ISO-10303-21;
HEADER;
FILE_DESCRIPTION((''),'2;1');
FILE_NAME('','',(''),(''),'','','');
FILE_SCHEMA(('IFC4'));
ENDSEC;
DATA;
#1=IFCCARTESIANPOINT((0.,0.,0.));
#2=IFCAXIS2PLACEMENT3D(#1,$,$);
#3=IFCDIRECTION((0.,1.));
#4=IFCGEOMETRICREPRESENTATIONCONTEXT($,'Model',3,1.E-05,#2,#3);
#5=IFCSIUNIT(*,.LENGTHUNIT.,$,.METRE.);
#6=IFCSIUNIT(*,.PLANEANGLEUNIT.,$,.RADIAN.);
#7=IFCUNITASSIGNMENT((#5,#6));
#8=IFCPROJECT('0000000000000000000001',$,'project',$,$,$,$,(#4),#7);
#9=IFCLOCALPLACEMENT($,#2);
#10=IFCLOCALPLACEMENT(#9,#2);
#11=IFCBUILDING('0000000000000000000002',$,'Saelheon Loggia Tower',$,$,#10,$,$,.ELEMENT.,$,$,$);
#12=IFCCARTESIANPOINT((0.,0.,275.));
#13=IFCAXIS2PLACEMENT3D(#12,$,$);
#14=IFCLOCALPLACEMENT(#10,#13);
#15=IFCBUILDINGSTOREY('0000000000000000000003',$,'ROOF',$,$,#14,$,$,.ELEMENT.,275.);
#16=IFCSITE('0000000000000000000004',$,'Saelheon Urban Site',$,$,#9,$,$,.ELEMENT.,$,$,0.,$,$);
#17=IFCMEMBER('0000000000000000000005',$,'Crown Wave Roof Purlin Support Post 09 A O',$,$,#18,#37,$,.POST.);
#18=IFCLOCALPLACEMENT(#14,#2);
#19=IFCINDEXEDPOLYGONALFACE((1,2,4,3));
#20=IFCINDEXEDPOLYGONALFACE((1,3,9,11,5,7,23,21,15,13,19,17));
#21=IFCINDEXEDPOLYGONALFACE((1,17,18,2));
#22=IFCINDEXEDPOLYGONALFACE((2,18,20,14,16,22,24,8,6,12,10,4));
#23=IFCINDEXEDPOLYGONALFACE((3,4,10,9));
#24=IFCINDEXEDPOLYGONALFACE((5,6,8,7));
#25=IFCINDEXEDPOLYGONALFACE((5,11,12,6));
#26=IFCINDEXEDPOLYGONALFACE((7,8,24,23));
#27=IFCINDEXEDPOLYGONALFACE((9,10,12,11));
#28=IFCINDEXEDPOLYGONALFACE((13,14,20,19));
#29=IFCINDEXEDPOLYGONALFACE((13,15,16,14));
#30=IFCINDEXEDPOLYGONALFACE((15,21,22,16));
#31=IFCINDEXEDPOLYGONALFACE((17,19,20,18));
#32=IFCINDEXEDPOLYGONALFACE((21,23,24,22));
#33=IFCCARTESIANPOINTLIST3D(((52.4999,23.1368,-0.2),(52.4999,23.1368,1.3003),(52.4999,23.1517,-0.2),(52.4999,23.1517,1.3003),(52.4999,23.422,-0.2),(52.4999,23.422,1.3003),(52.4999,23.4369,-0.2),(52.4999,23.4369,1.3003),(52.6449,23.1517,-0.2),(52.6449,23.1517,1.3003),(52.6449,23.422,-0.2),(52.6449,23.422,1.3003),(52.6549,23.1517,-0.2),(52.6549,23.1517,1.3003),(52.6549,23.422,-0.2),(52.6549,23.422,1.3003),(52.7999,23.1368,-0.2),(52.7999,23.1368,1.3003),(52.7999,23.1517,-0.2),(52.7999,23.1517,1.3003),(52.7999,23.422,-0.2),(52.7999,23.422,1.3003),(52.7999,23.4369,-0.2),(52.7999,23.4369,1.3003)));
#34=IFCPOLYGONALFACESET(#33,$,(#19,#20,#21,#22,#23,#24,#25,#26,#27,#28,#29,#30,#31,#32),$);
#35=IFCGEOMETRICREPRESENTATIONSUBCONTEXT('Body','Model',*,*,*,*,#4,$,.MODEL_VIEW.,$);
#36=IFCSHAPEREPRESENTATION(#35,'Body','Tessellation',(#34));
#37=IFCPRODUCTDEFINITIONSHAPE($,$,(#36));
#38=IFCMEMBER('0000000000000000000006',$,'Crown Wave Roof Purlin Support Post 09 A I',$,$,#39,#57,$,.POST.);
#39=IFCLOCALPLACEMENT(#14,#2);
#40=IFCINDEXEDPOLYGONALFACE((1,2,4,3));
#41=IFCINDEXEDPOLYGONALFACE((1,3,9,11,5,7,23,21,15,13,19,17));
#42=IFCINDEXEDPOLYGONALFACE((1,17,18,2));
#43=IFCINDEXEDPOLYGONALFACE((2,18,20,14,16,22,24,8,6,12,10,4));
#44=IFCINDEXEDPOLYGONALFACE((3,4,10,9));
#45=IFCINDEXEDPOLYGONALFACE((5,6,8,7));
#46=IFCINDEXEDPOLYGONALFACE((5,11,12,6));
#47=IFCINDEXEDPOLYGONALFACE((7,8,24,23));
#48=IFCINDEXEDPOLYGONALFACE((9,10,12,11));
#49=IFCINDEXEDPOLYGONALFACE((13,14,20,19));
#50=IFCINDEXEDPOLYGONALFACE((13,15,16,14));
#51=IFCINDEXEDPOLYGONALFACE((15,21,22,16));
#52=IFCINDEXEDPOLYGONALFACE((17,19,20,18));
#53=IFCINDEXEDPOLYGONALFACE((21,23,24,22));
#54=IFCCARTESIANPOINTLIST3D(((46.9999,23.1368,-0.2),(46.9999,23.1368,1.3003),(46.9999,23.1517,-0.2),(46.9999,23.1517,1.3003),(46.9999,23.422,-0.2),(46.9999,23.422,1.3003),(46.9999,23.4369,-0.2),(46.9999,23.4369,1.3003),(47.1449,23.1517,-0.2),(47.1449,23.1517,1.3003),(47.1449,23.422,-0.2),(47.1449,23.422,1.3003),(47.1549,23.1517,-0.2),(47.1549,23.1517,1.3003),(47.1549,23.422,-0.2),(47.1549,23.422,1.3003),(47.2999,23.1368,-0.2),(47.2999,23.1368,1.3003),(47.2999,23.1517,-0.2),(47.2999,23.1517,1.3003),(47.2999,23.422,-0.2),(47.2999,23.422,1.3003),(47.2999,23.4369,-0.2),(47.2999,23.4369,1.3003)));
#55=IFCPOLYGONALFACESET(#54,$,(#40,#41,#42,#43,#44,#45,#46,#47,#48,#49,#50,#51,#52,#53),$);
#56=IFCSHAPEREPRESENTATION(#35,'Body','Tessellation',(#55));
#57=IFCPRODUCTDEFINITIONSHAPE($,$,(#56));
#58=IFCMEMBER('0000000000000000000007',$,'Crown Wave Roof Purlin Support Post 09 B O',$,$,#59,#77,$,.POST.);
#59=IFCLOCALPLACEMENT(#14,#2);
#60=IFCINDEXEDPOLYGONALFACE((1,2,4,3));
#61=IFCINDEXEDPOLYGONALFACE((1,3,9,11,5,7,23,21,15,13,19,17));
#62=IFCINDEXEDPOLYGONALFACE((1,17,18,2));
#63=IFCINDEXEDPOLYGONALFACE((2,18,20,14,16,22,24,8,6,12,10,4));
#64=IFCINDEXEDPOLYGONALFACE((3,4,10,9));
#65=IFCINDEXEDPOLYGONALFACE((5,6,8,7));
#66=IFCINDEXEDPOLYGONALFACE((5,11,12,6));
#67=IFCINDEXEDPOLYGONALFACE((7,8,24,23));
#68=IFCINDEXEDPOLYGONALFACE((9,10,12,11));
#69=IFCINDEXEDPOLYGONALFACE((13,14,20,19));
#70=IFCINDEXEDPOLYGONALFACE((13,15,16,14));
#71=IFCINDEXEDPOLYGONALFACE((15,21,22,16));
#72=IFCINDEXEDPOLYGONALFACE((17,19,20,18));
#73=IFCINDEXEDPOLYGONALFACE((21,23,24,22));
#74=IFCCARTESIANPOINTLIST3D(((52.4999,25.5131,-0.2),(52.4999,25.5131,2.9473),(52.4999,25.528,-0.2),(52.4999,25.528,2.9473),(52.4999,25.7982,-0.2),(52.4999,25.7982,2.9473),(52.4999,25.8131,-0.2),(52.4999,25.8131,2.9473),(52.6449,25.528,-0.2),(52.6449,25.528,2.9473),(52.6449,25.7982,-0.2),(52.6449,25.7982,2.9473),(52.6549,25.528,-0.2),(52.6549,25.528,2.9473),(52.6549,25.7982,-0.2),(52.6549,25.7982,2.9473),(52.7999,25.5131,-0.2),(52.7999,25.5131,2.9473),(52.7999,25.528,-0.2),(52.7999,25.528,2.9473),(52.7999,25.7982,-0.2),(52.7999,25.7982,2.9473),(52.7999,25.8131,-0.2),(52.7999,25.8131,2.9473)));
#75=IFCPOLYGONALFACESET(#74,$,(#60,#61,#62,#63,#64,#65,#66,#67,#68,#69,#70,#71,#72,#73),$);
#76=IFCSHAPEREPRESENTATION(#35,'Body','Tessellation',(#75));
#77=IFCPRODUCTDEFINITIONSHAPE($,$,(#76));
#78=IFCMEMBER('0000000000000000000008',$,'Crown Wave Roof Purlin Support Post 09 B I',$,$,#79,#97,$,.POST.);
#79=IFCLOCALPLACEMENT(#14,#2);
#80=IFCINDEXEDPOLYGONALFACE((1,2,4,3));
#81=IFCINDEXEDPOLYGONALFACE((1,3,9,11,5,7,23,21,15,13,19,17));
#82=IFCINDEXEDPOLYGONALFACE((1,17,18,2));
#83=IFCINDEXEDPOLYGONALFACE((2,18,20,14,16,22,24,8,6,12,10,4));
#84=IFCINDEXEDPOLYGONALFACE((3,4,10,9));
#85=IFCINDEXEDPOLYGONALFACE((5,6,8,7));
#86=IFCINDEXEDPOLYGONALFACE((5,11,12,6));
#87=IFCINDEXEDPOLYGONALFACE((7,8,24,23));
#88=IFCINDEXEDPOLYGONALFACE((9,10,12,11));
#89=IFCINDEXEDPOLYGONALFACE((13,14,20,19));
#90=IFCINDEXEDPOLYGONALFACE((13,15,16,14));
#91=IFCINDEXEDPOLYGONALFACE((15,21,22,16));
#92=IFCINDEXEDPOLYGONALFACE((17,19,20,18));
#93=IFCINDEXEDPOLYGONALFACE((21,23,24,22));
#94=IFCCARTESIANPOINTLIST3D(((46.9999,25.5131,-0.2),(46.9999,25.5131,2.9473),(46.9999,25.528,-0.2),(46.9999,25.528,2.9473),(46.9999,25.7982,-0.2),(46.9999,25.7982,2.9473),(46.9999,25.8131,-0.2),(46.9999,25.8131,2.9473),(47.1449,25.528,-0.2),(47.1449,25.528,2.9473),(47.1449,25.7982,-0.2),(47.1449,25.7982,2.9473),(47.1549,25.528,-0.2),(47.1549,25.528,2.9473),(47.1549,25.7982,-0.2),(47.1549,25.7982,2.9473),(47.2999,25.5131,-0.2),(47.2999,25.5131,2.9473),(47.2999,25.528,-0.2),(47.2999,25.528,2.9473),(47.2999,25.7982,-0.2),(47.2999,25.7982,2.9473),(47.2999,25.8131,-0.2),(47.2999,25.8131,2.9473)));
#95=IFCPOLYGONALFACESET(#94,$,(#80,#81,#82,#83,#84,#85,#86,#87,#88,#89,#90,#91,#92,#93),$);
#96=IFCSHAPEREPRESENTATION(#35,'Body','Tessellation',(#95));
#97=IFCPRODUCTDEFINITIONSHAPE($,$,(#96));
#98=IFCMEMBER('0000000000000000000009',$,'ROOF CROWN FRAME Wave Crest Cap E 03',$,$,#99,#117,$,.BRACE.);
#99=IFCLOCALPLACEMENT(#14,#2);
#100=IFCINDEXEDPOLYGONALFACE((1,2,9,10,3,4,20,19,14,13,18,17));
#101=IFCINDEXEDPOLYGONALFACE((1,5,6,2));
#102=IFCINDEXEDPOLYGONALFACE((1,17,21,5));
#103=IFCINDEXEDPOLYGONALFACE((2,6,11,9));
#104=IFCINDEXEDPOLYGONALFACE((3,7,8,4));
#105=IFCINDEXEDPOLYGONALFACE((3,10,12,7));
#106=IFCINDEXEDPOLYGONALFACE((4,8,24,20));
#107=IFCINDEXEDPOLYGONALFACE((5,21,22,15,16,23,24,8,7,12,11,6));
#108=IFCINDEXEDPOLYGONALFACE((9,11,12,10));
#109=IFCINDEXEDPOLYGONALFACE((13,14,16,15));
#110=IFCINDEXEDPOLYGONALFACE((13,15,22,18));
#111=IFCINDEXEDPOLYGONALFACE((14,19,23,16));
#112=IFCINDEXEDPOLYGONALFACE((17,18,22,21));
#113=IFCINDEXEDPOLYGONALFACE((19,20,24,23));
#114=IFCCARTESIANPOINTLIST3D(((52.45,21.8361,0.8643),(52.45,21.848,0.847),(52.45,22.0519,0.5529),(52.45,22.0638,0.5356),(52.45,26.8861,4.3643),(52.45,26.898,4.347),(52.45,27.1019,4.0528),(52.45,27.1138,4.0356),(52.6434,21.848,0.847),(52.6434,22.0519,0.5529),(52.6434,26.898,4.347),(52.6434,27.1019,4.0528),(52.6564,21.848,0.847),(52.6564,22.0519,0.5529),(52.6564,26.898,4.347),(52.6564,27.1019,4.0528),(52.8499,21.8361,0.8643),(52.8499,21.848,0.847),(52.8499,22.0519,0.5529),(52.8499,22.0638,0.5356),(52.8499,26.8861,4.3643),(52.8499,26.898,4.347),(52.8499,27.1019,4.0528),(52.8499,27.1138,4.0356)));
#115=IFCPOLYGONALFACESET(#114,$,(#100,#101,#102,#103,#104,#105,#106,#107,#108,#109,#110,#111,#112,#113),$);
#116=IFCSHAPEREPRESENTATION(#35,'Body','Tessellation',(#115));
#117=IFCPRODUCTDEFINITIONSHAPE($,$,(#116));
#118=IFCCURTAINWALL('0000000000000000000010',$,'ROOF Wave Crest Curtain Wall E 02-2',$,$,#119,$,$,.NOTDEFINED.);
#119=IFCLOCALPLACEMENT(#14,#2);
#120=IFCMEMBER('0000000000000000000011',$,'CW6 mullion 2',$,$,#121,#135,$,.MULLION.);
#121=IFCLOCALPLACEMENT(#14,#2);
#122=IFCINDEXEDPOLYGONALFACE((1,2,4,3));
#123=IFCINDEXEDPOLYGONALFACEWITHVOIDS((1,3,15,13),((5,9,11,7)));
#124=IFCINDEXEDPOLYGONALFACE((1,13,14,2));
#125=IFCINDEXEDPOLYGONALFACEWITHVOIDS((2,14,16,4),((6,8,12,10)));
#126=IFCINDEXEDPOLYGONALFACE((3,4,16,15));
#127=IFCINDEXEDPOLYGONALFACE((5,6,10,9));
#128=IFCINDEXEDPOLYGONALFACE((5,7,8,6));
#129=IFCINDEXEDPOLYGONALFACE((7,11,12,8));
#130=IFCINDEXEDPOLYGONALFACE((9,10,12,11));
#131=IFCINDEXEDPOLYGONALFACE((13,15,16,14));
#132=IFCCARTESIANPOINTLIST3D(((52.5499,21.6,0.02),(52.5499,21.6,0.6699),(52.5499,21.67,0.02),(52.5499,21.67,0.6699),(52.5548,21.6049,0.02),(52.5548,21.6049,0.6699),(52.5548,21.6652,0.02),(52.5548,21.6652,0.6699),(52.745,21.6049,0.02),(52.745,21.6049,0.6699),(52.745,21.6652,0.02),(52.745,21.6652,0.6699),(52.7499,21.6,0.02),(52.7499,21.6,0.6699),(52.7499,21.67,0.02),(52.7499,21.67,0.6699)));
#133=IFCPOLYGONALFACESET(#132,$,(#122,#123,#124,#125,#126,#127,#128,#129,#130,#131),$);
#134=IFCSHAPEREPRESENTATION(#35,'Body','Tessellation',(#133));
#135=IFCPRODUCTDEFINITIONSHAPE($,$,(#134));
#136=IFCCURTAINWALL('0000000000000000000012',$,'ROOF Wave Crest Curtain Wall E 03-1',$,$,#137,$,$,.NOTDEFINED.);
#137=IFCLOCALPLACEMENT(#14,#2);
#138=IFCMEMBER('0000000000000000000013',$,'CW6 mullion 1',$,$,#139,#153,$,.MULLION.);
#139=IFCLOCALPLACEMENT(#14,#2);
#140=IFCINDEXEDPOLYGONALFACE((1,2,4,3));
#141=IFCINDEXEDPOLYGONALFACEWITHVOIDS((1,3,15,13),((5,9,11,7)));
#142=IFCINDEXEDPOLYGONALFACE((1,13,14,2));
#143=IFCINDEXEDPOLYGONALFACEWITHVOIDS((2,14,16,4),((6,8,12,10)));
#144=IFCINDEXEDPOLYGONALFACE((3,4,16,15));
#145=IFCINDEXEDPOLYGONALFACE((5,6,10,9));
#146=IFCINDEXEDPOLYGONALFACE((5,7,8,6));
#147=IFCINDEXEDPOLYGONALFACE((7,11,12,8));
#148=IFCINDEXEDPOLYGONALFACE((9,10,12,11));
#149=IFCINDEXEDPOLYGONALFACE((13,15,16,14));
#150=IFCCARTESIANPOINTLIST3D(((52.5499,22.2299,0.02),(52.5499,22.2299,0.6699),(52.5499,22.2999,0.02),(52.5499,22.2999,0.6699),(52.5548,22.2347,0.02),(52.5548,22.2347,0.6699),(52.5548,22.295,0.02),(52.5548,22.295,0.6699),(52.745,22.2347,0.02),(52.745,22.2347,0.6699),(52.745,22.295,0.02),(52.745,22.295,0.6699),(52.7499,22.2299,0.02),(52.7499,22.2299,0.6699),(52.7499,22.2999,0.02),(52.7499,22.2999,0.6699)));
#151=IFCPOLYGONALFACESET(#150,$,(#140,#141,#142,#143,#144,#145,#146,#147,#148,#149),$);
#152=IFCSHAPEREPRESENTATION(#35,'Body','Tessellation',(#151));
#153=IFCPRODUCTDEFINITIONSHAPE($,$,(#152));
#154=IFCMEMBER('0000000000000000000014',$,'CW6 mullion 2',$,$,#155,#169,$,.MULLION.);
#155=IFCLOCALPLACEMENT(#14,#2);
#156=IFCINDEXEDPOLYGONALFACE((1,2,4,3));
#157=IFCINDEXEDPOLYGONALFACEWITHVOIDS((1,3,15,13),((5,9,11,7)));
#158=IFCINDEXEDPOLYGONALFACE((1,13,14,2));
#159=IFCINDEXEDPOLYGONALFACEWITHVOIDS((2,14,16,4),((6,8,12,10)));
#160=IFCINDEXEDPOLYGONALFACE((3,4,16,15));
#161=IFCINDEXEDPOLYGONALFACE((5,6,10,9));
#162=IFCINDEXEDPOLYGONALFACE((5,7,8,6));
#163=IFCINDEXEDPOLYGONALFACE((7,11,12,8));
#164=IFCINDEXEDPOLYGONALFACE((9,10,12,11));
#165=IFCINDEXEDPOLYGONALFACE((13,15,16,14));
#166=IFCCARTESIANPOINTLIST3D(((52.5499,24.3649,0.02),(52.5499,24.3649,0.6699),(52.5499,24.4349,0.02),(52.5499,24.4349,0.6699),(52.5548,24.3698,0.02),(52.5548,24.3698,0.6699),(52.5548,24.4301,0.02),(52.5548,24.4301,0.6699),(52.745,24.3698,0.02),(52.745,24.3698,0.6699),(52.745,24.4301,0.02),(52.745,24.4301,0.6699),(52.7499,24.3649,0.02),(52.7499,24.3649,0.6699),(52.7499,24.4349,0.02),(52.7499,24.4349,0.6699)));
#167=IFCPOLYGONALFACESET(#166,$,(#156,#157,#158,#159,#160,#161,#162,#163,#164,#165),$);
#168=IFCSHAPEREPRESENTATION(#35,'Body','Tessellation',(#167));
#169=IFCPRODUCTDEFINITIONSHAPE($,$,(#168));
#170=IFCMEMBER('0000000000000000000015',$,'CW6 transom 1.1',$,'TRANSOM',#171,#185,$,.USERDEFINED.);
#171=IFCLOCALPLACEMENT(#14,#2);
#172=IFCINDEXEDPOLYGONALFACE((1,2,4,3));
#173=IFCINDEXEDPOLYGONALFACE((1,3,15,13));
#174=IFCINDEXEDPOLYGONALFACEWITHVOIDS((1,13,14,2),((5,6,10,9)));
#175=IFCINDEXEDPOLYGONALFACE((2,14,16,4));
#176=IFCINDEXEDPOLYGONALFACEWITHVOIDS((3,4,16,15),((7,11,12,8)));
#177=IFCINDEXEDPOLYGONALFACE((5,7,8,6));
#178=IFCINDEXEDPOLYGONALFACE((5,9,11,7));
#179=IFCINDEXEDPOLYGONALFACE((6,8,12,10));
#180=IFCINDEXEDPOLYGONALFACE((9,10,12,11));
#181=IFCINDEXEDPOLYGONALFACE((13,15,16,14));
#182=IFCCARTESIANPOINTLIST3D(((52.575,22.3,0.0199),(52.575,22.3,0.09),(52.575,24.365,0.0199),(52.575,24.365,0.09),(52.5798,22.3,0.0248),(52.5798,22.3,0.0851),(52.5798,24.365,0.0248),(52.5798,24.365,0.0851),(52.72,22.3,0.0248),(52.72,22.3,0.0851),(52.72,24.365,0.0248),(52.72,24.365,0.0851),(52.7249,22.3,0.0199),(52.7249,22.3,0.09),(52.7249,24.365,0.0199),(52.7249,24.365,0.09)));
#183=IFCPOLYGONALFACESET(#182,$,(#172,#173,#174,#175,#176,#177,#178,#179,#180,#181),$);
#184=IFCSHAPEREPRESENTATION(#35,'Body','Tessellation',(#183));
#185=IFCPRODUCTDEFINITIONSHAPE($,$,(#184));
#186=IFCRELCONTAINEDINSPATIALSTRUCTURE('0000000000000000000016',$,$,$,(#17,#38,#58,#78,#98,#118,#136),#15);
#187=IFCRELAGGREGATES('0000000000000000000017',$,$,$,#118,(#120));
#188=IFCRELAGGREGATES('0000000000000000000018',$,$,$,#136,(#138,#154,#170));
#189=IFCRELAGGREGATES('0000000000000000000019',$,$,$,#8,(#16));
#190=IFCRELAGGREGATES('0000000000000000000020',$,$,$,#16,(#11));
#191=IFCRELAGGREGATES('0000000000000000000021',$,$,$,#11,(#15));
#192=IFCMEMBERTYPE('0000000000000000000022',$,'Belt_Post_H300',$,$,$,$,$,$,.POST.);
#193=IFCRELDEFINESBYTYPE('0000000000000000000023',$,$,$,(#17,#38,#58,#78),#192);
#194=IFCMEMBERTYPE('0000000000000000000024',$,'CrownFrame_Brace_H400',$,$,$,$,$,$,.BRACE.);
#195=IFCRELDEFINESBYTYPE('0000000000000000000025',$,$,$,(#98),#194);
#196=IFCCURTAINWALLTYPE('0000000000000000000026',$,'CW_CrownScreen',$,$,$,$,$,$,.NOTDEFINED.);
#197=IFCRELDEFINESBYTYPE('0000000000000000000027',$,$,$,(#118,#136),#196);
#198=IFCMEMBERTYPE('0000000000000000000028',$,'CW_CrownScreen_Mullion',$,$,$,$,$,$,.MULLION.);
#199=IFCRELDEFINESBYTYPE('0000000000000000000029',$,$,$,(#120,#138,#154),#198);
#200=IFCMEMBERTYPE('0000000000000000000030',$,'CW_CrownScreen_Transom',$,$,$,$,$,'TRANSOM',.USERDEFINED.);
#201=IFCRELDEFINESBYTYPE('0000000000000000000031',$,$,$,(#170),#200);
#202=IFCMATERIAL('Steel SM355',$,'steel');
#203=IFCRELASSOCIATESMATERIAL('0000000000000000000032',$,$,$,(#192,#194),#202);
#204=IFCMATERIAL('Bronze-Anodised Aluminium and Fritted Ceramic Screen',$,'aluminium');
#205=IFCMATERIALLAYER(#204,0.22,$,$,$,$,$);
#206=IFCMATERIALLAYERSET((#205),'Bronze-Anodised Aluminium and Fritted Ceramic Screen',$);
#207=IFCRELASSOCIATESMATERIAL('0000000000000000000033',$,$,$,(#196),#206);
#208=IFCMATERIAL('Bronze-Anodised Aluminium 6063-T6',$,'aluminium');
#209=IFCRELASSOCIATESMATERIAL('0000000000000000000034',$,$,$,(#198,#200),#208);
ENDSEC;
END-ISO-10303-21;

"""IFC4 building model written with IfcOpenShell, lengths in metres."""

from ifc_helpers import new_model, si_unit, direction, frame, origin, origin_2d, place, context, subcontext, project, spatial, hollow_rectangle, i_section, extrude, source, transform, mapped, material, layer, layer_set, material_profile, profile_set, type_object, element, aggregate, save


model = new_model("IFC4")

# Units and contexts
model_context = context("Model", 3, precision=1e-05, world=origin(), true_north=direction((0.0, 1.0)))
body_context = subcontext(model_context, "Body", "Model", "MODEL_VIEW")
ifc_project = project(units=[si_unit("LENGTHUNIT", "METRE"), si_unit("PLANEANGLEUNIT", "RADIAN")], contexts=[model_context])

# Site, building, storey
site_placement = place(None, origin())
site = spatial("IfcSite", under=ifc_project, at=site_placement, Name="Saelheon Urban Site", CompositionType="ELEMENT", RefElevation=0.0)
building_placement = place(site_placement, origin())
building = spatial("IfcBuilding", under=site, at=building_placement, Name="Saelheon Loggia Tower", CompositionType="ELEMENT")
storey_placement = place(building_placement, frame((0.0, 0.0, 275.0)))
storey = spatial("IfcBuildingStorey", under=building, at=storey_placement, Name="ROOF", CompositionType="ELEMENT", Elevation=275.0)

# Members
ifc_material_1 = material(Name="Steel SM355", Category="steel")
ifc_material_profile_1 = material_profile(ifc_material_1, i_section(OverallWidth=0.3, OverallDepth=0.3, WebThickness=0.01, FlangeThickness=0.0149, at=origin_2d()), Name="H-300x300x10x15")
ifc_profile_set_1 = profile_set([ifc_material_profile_1], Name="Steel SM355")
member_type_1 = type_object("IfcMemberType", Name="Belt_Post_H300", PredefinedType="POST", material=ifc_profile_set_1)
shared_shape_1 = source(origin(), body_context, "Body", "SweptSolid", [
    extrude(i_section(OverallWidth=0.3, OverallDepth=0.3, WebThickness=0.01, FlangeThickness=0.0149, at=origin_2d()), origin(), (0.0, 0.0, 1.0), 1.5002),
])
for number, where, z_axis, x_axis, name in (
    (1, (52.6499, 23.2869, -0.2), (0.0, 0.0, 1.0), (1.0, 0.0, 0.0), "Crown Wave Roof Purlin Support Post 09 A O"),
    (2, (47.1499, 23.2869, -0.2), (0.0, 0.0, 1.0), (1.0, 0.0, 0.0), "Crown Wave Roof Purlin Support Post 09 A I"),
):
    element("IfcMember", number, at=place(storey_placement, frame(where, z_axis=z_axis, x_axis=x_axis)), inside=storey, type_object=member_type_1, Name=name, PredefinedType="POST", context=body_context, shape_type="MappedRepresentation", body=[
        mapped(shared_shape_1, transform((0.0, 0.0, 0.0), scale=1.0)),
    ])
shared_shape_2 = source(origin(), body_context, "Body", "SweptSolid", [
    extrude(i_section(OverallWidth=0.3, OverallDepth=0.3, WebThickness=0.01, FlangeThickness=0.0149, at=origin_2d()), origin(), (0.0, 0.0, 1.0), 3.1472),
])
for number, where, z_axis, x_axis, name in (
    (3, (52.6499, 25.6631, -0.2), (0.0, 0.0, 1.0), (1.0, 0.0, 0.0), "Crown Wave Roof Purlin Support Post 09 B O"),
    (4, (47.1499, 25.6631, -0.2), (0.0, 0.0, 1.0), (1.0, 0.0, 0.0), "Crown Wave Roof Purlin Support Post 09 B I"),
):
    element("IfcMember", number, at=place(storey_placement, frame(where, z_axis=z_axis, x_axis=x_axis)), inside=storey, type_object=member_type_1, Name=name, PredefinedType="POST", context=body_context, shape_type="MappedRepresentation", body=[
        mapped(shared_shape_2, transform((0.0, 0.0, 0.0), scale=1.0)),
    ])
ifc_material_profile_2 = material_profile(ifc_material_1, i_section(OverallWidth=0.3999, OverallDepth=0.3999, WebThickness=0.0129, FlangeThickness=0.021, at=origin_2d()), Name="H-400x400x13x21")
ifc_profile_set_2 = profile_set([ifc_material_profile_2], Name="Steel SM355")
member_type_2 = type_object("IfcMemberType", Name="CrownFrame_Brace_H400", PredefinedType="BRACE", material=ifc_profile_set_2)
shared_shape_3 = source(origin(), body_context, "Body", "SweptSolid", [
    extrude(i_section(OverallWidth=0.3999, OverallDepth=0.3999, WebThickness=0.0129, FlangeThickness=0.021, at=origin_2d()), origin(), (0.0, 0.0, 1.0), 6.1443),
])
member_1_placement = place(storey_placement, frame((52.6499, 21.95, 0.7), z_axis=(0.0, 0.821902, 0.569629), x_axis=(-1.0, 0.0, 0.0)))
element("IfcMember", 5, at=member_1_placement, inside=storey, type_object=member_type_2, Name="ROOF CROWN FRAME Wave Crest Cap E 03", PredefinedType="BRACE", context=body_context, shape_type="MappedRepresentation", body=[
    mapped(shared_shape_3, transform((0.0, 0.0, 0.0), scale=1.0)),
])

# Curtain wall, member
ifc_material_2 = material(Name="Bronze-Anodised Aluminium and Fritted Ceramic Screen", Category="aluminium")
ifc_layer_1 = layer(ifc_material_2, 0.22)
ifc_layer_set_1 = layer_set([ifc_layer_1], Name="Bronze-Anodised Aluminium and Fritted Ceramic Screen")
curtain_wall_type = type_object("IfcCurtainWallType", Name="CW_CrownScreen", PredefinedType="NOTDEFINED", material=ifc_layer_set_1)
curtain_wall_1_placement = place(storey_placement, origin())
curtain_wall_1 = element("IfcCurtainWall", 6, at=curtain_wall_1_placement, inside=storey, type_object=curtain_wall_type, Name="ROOF Wave Crest Curtain Wall E 02-2", PredefinedType="NOTDEFINED")
ifc_material_3 = material(Name="Bronze-Anodised Aluminium 6063-T6", Category="aluminium")
ifc_material_profile_3 = material_profile(ifc_material_3, hollow_rectangle(XDim=0.0701, YDim=0.2, WallThickness=0.0049, at=origin_2d()), Name="RHS-200x70x5")
ifc_profile_set_3 = profile_set([ifc_material_profile_3], Name="Bronze-Anodised Aluminium 6063-T6")
member_type_3 = type_object("IfcMemberType", Name="CW_CrownScreen_Mullion", PredefinedType="MULLION", material=ifc_profile_set_3)
shared_shape_4 = source(origin(), body_context, "Body", "SweptSolid", [
    extrude(hollow_rectangle(XDim=0.0701, YDim=0.2, WallThickness=0.0049, at=origin_2d()), origin(), (0.0, 0.0, 1.0), 0.6499),
])
member_2_placement = place(storey_placement, frame((52.6499, 21.635, 0.02), z_axis=(0.0, 0.0, 1.0), x_axis=(0.0, 1.0, 0.0)))
member_2 = element("IfcMember", 7, at=member_2_placement, type_object=member_type_3, Name="CW6 mullion 2", PredefinedType="MULLION", context=body_context, shape_type="MappedRepresentation", body=[
    mapped(shared_shape_4, transform((0.0, 0.0, 0.0), scale=1.0)),
])

# Curtain wall, members
curtain_wall_2_placement = place(storey_placement, origin())
curtain_wall_2 = element("IfcCurtainWall", 8, at=curtain_wall_2_placement, inside=storey, type_object=curtain_wall_type, Name="ROOF Wave Crest Curtain Wall E 03-1", PredefinedType="NOTDEFINED")
member_3_placement = place(storey_placement, frame((52.6499, 22.2649, 0.02), z_axis=(0.0, 0.0, 1.0), x_axis=(0.0, 1.0, 0.0)))
member_3 = element("IfcMember", 9, at=member_3_placement, type_object=member_type_3, Name="CW6 mullion 1", PredefinedType="MULLION", context=body_context, shape_type="MappedRepresentation", body=[
    mapped(shared_shape_4, transform((0.0, 0.0, 0.0), scale=1.0)),
])
member_4_placement = place(storey_placement, frame((52.6499, 24.3999, 0.02), z_axis=(0.0, 0.0, 1.0), x_axis=(0.0, 1.0, 0.0)))
member_4 = element("IfcMember", 10, at=member_4_placement, type_object=member_type_3, Name="CW6 mullion 2", PredefinedType="MULLION", context=body_context, shape_type="MappedRepresentation", body=[
    mapped(shared_shape_4, transform((0.0, 0.0, 0.0), scale=1.0)),
])
ifc_material_profile_4 = material_profile(ifc_material_3, hollow_rectangle(XDim=0.0701, YDim=0.1499, WallThickness=0.0049, at=origin_2d()), Name="RHS-150x70x5")
ifc_profile_set_4 = profile_set([ifc_material_profile_4], Name="Bronze-Anodised Aluminium 6063-T6")
member_type_4 = type_object("IfcMemberType", Name="CW_CrownScreen_Transom", ElementType="TRANSOM", PredefinedType="USERDEFINED", material=ifc_profile_set_4)
shared_shape_5 = source(origin(), body_context, "Body", "SweptSolid", [
    extrude(hollow_rectangle(XDim=0.0701, YDim=0.1499, WallThickness=0.0049, at=origin_2d()), origin(), (0.0, 0.0, 1.0), 2.0649),
])
member_5_placement = place(storey_placement, frame((52.6499, 22.3, 0.0549), z_axis=(0.0, 1.0, 0.0), x_axis=(0.0, 0.0, 1.0)))
member_5 = element("IfcMember", 11, at=member_5_placement, type_object=member_type_4, Name="CW6 transom 1.1", ObjectType="TRANSOM", PredefinedType="USERDEFINED", context=body_context, shape_type="MappedRepresentation", body=[
    mapped(shared_shape_5, transform((0.0, 0.0, 0.0), scale=1.0)),
])

aggregate(curtain_wall_1, [member_2])
aggregate(curtain_wall_2, [member_3, member_4, member_5])

save(model, "model.ifc")
